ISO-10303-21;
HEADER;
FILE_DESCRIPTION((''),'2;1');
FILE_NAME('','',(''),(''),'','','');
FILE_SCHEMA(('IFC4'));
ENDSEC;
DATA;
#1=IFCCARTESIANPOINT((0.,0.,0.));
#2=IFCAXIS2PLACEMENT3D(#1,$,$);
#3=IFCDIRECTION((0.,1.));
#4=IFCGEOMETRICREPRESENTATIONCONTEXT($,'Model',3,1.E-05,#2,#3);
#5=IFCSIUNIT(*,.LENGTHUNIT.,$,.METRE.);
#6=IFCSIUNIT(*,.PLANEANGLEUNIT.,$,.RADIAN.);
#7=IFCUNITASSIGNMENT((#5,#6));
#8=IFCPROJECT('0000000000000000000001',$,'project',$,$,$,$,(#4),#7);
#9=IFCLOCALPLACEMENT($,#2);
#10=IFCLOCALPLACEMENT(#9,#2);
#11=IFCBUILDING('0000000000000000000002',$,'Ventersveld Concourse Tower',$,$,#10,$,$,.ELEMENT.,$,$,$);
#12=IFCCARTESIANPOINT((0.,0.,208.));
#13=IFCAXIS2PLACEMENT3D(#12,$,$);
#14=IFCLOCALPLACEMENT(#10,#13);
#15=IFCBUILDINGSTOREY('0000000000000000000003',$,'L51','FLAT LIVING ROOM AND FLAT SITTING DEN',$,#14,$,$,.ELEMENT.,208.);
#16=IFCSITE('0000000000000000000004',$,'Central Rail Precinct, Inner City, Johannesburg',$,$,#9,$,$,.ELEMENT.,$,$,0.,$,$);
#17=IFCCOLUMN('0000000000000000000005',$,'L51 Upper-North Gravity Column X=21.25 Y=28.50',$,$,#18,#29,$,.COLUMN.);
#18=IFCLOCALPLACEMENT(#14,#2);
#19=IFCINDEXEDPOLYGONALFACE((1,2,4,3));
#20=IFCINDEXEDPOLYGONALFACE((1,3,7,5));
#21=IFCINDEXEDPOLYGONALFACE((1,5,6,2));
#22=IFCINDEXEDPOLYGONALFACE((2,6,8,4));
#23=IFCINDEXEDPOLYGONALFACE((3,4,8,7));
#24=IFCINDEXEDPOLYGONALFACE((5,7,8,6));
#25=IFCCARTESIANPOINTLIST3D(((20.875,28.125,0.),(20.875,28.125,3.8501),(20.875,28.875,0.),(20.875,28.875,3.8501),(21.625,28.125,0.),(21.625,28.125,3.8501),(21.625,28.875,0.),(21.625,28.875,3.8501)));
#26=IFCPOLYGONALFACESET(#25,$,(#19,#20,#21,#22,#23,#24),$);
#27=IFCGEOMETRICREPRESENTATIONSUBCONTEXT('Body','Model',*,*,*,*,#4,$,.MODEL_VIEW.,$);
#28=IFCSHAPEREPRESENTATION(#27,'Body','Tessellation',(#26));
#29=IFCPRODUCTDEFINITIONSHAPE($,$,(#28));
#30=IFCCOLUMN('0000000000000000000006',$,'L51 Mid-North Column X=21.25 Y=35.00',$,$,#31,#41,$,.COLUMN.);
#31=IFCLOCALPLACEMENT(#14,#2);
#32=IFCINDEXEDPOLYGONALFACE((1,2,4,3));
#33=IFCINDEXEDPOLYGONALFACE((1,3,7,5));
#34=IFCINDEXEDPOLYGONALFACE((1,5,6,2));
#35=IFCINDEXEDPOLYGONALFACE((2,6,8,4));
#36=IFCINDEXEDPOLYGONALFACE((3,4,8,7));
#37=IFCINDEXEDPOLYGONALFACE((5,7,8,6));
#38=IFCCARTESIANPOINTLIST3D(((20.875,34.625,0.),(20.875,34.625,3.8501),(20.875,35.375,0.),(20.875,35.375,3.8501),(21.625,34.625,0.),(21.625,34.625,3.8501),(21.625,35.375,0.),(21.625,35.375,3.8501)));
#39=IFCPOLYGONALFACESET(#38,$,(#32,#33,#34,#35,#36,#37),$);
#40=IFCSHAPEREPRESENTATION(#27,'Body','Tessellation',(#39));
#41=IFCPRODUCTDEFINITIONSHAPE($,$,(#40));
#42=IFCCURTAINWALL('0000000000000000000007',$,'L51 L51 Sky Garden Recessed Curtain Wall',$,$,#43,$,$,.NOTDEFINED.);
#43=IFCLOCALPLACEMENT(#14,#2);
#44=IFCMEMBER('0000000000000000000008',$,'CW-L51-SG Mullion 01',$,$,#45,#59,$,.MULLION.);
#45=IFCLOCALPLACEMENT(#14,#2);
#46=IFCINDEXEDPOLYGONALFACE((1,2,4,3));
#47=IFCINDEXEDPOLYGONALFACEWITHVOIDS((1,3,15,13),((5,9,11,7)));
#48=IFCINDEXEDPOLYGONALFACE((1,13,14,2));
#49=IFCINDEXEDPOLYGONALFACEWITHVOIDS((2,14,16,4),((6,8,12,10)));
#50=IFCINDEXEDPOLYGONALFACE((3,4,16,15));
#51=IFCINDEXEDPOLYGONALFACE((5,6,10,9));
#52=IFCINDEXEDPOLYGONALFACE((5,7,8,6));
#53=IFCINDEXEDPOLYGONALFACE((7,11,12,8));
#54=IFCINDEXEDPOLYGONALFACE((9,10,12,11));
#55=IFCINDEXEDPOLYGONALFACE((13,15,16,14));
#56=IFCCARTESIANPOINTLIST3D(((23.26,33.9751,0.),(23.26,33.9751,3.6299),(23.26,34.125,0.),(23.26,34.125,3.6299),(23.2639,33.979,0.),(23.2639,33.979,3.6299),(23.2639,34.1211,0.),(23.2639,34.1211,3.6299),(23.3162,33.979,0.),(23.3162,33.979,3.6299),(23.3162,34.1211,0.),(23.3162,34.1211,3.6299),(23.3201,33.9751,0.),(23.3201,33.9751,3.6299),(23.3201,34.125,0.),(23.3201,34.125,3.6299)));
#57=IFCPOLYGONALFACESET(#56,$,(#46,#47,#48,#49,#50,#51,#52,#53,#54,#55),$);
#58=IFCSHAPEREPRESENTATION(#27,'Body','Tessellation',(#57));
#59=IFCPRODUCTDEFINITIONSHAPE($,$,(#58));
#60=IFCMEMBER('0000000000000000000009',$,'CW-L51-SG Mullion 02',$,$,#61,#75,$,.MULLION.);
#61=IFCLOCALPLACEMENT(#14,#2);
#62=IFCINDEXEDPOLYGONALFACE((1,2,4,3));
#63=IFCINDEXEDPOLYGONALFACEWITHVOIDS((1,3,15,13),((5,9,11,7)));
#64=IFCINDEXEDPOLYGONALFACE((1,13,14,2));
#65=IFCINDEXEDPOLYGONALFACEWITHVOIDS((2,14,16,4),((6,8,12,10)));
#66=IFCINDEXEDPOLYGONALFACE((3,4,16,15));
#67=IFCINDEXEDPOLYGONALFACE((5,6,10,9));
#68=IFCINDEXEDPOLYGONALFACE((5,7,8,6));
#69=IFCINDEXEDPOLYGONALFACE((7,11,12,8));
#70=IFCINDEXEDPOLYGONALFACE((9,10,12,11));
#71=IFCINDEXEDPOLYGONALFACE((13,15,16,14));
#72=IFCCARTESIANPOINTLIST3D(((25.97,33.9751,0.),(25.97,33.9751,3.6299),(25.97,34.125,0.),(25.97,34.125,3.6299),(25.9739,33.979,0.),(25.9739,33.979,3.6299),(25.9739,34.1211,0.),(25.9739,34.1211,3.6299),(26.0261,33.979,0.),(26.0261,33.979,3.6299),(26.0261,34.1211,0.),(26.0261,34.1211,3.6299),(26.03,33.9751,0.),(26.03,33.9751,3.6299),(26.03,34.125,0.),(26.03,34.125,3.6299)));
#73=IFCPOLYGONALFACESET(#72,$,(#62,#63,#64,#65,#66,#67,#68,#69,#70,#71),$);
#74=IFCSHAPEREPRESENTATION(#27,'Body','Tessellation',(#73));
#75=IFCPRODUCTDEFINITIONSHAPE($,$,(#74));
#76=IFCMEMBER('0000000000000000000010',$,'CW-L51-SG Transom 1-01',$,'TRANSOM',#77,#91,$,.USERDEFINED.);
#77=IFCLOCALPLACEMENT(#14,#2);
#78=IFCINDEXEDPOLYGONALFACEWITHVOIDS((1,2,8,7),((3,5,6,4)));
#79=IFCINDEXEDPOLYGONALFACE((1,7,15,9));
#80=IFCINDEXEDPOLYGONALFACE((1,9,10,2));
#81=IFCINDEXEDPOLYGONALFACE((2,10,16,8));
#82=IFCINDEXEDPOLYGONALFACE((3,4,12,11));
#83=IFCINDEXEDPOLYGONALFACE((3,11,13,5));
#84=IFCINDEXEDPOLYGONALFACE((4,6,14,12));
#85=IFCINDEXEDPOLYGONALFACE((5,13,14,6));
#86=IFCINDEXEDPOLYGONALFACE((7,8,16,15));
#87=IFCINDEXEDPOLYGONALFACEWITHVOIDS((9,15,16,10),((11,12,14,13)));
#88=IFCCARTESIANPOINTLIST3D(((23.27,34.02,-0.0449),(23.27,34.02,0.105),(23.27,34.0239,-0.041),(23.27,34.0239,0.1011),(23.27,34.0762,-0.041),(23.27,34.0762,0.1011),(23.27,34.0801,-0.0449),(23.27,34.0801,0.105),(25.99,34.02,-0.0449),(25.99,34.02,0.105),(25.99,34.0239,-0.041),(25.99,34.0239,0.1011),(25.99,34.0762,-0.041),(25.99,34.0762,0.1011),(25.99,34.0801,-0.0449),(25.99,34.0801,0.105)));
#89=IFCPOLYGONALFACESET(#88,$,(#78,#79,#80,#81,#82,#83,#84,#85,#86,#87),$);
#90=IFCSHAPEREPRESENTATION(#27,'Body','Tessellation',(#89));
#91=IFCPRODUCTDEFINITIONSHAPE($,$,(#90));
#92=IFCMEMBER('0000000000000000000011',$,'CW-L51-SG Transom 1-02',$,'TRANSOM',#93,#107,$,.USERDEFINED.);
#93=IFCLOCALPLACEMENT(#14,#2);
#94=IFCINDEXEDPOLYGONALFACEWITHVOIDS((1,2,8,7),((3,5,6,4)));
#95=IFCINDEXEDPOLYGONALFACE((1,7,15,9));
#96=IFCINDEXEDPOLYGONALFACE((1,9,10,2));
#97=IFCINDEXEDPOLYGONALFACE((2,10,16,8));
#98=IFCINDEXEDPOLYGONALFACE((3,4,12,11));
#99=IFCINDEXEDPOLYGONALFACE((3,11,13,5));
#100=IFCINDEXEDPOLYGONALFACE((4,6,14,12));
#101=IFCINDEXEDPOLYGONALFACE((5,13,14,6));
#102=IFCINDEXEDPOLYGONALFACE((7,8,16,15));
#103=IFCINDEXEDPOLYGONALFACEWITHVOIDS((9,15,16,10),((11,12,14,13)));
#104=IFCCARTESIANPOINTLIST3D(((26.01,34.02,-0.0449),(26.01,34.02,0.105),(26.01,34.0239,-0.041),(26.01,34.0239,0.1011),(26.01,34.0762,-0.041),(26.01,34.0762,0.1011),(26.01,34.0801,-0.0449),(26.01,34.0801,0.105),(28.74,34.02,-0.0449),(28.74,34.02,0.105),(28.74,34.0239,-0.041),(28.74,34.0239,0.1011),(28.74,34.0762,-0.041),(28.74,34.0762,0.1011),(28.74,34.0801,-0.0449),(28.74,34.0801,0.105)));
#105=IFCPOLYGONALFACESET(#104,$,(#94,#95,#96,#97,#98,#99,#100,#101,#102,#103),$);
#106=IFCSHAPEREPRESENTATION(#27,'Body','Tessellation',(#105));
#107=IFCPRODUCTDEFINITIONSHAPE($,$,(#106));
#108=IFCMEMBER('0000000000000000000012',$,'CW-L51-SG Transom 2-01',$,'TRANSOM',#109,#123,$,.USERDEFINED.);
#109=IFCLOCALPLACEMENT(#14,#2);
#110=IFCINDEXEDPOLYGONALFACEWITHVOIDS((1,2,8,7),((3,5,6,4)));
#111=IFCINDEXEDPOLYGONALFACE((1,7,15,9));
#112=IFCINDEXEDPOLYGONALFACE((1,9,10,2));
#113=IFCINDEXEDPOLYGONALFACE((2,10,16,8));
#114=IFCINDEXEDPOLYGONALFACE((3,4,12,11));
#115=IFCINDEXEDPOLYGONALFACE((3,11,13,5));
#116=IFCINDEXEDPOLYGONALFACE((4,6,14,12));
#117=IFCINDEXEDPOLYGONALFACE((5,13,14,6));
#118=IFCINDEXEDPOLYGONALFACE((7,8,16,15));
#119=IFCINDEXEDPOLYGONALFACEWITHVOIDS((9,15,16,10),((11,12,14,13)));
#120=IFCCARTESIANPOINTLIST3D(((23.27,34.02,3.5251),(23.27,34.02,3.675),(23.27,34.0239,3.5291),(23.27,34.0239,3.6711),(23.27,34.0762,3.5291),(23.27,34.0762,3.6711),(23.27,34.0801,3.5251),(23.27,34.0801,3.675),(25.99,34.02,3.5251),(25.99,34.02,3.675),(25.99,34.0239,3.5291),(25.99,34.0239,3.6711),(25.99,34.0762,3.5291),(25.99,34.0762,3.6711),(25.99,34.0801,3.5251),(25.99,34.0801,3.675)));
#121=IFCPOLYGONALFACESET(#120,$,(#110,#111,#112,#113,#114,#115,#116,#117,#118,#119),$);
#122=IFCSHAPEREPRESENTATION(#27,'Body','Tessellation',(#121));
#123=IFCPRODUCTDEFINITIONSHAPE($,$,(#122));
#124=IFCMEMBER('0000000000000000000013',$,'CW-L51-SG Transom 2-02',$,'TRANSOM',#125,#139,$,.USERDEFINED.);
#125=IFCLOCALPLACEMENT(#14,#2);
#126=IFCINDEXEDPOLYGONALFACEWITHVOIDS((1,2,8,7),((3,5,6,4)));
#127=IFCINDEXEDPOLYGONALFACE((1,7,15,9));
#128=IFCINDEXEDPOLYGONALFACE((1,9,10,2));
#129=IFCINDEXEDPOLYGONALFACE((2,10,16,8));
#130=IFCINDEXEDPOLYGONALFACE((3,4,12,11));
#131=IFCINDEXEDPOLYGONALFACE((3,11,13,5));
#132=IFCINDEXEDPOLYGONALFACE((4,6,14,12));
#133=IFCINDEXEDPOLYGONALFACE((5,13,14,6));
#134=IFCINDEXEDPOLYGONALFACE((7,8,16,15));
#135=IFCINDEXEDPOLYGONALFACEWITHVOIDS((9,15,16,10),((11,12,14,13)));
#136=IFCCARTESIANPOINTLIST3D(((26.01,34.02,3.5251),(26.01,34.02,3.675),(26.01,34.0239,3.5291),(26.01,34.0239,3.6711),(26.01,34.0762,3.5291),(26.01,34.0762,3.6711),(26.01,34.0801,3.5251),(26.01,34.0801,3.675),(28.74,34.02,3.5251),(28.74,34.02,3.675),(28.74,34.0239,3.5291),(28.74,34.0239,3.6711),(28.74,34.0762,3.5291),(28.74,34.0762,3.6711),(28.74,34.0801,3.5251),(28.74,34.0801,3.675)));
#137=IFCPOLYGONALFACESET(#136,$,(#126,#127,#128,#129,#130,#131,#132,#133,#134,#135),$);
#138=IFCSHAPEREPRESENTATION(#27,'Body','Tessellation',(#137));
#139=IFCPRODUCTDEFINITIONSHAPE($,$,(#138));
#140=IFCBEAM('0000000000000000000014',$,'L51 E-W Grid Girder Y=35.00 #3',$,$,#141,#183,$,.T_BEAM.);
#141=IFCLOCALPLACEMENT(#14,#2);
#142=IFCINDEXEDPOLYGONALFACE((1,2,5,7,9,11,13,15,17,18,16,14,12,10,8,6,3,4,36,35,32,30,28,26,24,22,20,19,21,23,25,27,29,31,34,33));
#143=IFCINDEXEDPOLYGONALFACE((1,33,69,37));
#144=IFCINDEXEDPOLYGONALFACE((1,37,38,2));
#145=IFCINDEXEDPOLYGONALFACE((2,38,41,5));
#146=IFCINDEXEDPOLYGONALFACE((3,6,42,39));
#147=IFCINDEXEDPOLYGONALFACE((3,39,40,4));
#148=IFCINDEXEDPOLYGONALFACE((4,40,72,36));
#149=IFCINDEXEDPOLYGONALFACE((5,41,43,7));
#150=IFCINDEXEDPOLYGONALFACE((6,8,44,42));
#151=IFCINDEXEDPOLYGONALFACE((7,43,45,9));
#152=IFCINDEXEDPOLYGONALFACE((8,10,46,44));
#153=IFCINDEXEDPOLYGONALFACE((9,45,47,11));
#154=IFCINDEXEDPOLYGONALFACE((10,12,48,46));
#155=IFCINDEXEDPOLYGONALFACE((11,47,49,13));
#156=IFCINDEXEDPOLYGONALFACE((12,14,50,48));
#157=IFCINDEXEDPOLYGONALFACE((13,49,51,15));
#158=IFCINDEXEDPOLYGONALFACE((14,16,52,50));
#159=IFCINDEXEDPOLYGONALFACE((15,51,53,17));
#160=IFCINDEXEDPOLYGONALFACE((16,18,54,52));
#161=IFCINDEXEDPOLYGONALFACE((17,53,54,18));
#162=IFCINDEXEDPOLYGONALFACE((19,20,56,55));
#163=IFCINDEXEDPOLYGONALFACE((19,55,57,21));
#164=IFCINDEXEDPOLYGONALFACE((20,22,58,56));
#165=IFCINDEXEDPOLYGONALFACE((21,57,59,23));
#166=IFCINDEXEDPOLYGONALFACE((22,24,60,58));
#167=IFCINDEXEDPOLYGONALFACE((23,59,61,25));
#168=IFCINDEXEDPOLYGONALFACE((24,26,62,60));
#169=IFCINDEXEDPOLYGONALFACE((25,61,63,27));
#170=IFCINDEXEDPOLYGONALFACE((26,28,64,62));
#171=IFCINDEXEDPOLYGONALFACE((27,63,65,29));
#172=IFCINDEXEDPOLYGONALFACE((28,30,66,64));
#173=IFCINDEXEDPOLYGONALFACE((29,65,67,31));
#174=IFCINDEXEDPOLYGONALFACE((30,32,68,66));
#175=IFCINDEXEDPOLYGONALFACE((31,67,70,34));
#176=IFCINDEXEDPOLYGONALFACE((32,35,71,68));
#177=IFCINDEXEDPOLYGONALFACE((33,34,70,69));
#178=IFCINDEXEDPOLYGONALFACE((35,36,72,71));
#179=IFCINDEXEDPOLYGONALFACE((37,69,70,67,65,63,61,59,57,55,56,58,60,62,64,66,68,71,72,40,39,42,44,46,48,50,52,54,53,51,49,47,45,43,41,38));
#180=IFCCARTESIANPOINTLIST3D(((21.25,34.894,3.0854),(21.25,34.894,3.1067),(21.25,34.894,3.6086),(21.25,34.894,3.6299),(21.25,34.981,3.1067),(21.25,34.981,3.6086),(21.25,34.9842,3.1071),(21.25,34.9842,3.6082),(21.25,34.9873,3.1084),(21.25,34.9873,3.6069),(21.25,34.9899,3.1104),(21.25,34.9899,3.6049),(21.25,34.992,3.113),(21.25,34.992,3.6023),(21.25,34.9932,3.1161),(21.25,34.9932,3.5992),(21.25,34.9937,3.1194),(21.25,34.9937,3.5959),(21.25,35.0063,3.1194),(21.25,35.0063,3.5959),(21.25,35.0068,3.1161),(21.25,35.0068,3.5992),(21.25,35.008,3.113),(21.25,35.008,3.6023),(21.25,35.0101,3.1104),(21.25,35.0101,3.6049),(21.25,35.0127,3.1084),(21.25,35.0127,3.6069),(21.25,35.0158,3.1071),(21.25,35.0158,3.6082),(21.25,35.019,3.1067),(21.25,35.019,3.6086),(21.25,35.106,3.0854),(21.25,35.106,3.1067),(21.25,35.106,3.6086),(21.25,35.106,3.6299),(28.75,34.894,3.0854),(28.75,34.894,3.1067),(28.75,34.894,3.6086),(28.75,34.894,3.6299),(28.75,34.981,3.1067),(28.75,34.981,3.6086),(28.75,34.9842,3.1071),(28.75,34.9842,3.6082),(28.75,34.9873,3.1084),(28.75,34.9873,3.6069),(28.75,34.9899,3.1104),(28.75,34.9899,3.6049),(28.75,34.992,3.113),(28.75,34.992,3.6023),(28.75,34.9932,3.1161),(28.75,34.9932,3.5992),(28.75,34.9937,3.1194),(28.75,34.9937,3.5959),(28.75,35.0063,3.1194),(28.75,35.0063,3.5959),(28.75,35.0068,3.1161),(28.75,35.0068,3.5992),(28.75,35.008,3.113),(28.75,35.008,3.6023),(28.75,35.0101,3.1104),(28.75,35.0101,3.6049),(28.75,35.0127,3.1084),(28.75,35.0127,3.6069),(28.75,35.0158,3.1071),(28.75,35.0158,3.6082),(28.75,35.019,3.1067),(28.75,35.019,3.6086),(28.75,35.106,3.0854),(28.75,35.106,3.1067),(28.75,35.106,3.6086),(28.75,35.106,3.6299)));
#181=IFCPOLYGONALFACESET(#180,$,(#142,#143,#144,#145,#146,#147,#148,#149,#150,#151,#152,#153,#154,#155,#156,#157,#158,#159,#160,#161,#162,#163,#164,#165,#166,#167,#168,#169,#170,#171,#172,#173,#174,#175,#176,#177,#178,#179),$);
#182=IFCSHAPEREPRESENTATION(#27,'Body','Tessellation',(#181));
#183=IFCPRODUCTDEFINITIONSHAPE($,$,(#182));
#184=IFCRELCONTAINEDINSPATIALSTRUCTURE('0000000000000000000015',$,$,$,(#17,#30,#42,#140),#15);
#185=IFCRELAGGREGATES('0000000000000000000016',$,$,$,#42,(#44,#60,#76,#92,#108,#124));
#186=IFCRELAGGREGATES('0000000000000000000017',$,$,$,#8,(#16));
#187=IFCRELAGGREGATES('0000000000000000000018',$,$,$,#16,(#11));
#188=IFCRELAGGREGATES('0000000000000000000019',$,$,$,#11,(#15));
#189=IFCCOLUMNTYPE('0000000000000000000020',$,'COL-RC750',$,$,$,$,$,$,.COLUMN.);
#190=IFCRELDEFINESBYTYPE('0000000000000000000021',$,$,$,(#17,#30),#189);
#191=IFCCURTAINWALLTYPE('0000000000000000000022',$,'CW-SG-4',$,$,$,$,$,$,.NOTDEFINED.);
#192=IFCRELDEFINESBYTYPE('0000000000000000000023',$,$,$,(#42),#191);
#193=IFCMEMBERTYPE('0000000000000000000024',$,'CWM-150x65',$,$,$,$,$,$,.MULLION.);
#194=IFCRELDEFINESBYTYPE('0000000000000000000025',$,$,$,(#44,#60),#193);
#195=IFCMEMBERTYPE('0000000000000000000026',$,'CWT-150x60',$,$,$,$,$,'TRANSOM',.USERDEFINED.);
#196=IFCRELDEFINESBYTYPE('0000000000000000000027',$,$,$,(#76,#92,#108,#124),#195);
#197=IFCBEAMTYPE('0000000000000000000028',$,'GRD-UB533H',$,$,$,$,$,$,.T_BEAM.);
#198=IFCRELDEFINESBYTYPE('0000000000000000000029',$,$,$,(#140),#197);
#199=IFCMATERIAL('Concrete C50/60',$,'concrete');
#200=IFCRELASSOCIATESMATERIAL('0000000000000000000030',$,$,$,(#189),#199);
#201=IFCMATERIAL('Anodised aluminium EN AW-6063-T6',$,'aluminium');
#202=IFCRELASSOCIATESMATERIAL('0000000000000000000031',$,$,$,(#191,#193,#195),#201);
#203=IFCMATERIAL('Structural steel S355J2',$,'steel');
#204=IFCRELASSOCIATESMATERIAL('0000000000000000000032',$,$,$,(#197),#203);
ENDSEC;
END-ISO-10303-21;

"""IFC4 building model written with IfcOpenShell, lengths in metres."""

from ifc_helpers import new_model, si_unit, direction, frame, origin, origin_2d, place, context, subcontext, project, spatial, rectangle, hollow_rectangle, i_section, extrude, material, material_profile, profile_set, type_object, element, aggregate, save


model = new_model("IFC4")

# Units and contexts
model_context = context("Model", 3, precision=1e-05, world=origin(), true_north=direction((0.0, 1.0)))
body_context = subcontext(model_context, "Body", "Model", "MODEL_VIEW")
ifc_project = project(units=[si_unit("LENGTHUNIT", "METRE"), si_unit("PLANEANGLEUNIT", "RADIAN")], contexts=[model_context])

# Site, building, storey
site_placement = place(None, origin())
site = spatial("IfcSite", under=ifc_project, at=site_placement, Name="Central Rail Precinct, Inner City, Johannesburg", CompositionType="ELEMENT", RefElevation=0.0)
building_placement = place(site_placement, origin())
building = spatial("IfcBuilding", under=site, at=building_placement, Name="Ventersveld Concourse Tower", CompositionType="ELEMENT")
storey_placement = place(building_placement, frame((0.0, 0.0, 208.0)))
storey = spatial("IfcBuildingStorey", under=building, at=storey_placement, Name="L51", Description="FLAT LIVING ROOM AND FLAT SITTING DEN", CompositionType="ELEMENT", Elevation=208.0)

# Columns
ifc_material_1 = material(Name="Concrete C50/60", Category="concrete")
ifc_material_profile_1 = material_profile(ifc_material_1, rectangle(XDim=0.75, YDim=0.75, at=origin_2d()), Name="RC 750x750")
ifc_profile_set_1 = profile_set([ifc_material_profile_1], Name="Concrete C50/60")
column_type = type_object("IfcColumnType", Name="COL-RC750", PredefinedType="COLUMN", material=ifc_profile_set_1)
for number, where, z_axis, x_axis, name in (
    (1, (21.25, 28.5, 0.0), (0.0, 0.0, 1.0), (1.0, 0.0, 0.0), "L51 Upper-North Gravity Column X=21.25 Y=28.50"),
    (2, (21.25, 35.0, 0.0), (0.0, 0.0, 1.0), (1.0, 0.0, 0.0), "L51 Mid-North Column X=21.25 Y=35.00"),
):
    element("IfcColumn", number, at=place(storey_placement, frame(where, z_axis=z_axis, x_axis=x_axis)), inside=storey, type_object=column_type, Name=name, PredefinedType="COLUMN", context=body_context, shape_type="SweptSolid", body=[
        extrude(rectangle(XDim=0.75, YDim=0.75, at=origin_2d()), origin(), (0.0, 0.0, 1.0), 3.8501),
    ])

# Curtain wall, members
ifc_material_2 = material(Name="Anodised aluminium EN AW-6063-T6", Category="aluminium")
curtain_wall_type = type_object("IfcCurtainWallType", Name="CW-SG-4", PredefinedType="NOTDEFINED", material=ifc_material_2)
curtain_wall_placement = place(storey_placement, origin())
curtain_wall = element("IfcCurtainWall", 3, at=curtain_wall_placement, inside=storey, type_object=curtain_wall_type, Name="L51 L51 Sky Garden Recessed Curtain Wall", PredefinedType="NOTDEFINED")
ifc_material_profile_2 = material_profile(ifc_material_2, hollow_rectangle(XDim=0.0601, YDim=0.1499, WallThickness=0.0039, at=origin_2d()), Name="ALU 150x60x4")
ifc_profile_set_2 = profile_set([ifc_material_profile_2], Name="Anodised aluminium EN AW-6063-T6")
member_type_1 = type_object("IfcMemberType", Name="CWM-150x65", PredefinedType="MULLION", material=ifc_profile_set_2)
member_1_placement = place(storey_placement, frame((23.29, 34.05, 0.0), z_axis=(0.0, 0.0, 1.0), x_axis=(1.0, 0.0, 0.0)))
member_1 = element("IfcMember", 4, at=member_1_placement, type_object=member_type_1, Name="CW-L51-SG Mullion 01", PredefinedType="MULLION", context=body_context, shape_type="SweptSolid", body=[
    extrude(hollow_rectangle(XDim=0.0601, YDim=0.1499, WallThickness=0.0039, at=origin_2d()), origin(), (0.0, 0.0, 1.0), 3.6299),
])
member_2_placement = place(storey_placement, frame((26.0, 34.05, 0.0), z_axis=(0.0, 0.0, 1.0), x_axis=(1.0, 0.0, 0.0)))
member_2 = element("IfcMember", 5, at=member_2_placement, type_object=member_type_1, Name="CW-L51-SG Mullion 02", PredefinedType="MULLION", context=body_context, shape_type="SweptSolid", body=[
    extrude(hollow_rectangle(XDim=0.0601, YDim=0.1499, WallThickness=0.0039, at=origin_2d()), origin(), (0.0, 0.0, 1.0), 3.6299),
])
ifc_material_profile_3 = material_profile(ifc_material_2, hollow_rectangle(XDim=0.0601, YDim=0.1499, WallThickness=0.0039, at=origin_2d()), Name="ALU 150x60x4")
ifc_profile_set_3 = profile_set([ifc_material_profile_3], Name="Anodised aluminium EN AW-6063-T6")
member_type_2 = type_object("IfcMemberType", Name="CWT-150x60", ElementType="TRANSOM", PredefinedType="USERDEFINED", material=ifc_profile_set_3)
member_3_placement = place(storey_placement, frame((23.27, 34.05, 0.03), z_axis=(1.0, 0.0, 0.0), x_axis=(0.0, 1.0, 0.0)))
member_3 = element("IfcMember", 6, at=member_3_placement, type_object=member_type_2, Name="CW-L51-SG Transom 1-01", ObjectType="TRANSOM", PredefinedType="USERDEFINED", context=body_context, shape_type="SweptSolid", body=[
    extrude(hollow_rectangle(XDim=0.0601, YDim=0.1499, WallThickness=0.0039, at=origin_2d()), origin(), (0.0, 0.0, 1.0), 2.72),
])
member_4_placement = place(storey_placement, frame((26.01, 34.05, 0.03), z_axis=(1.0, 0.0, 0.0), x_axis=(0.0, 1.0, 0.0)))
member_4 = element("IfcMember", 7, at=member_4_placement, type_object=member_type_2, Name="CW-L51-SG Transom 1-02", ObjectType="TRANSOM", PredefinedType="USERDEFINED", context=body_context, shape_type="SweptSolid", body=[
    extrude(hollow_rectangle(XDim=0.0601, YDim=0.1499, WallThickness=0.0039, at=origin_2d()), origin(), (0.0, 0.0, 1.0), 2.73),
])
member_5_placement = place(storey_placement, frame((23.27, 34.05, 3.6001), z_axis=(1.0, 0.0, 0.0), x_axis=(0.0, 1.0, 0.0)))
member_5 = element("IfcMember", 8, at=member_5_placement, type_object=member_type_2, Name="CW-L51-SG Transom 2-01", ObjectType="TRANSOM", PredefinedType="USERDEFINED", context=body_context, shape_type="SweptSolid", body=[
    extrude(hollow_rectangle(XDim=0.0601, YDim=0.1499, WallThickness=0.0039, at=origin_2d()), origin(), (0.0, 0.0, 1.0), 2.72),
])
member_6_placement = place(storey_placement, frame((26.01, 34.05, 3.6001), z_axis=(1.0, 0.0, 0.0), x_axis=(0.0, 1.0, 0.0)))
member_6 = element("IfcMember", 9, at=member_6_placement, type_object=member_type_2, Name="CW-L51-SG Transom 2-02", ObjectType="TRANSOM", PredefinedType="USERDEFINED", context=body_context, shape_type="SweptSolid", body=[
    extrude(hollow_rectangle(XDim=0.0601, YDim=0.1499, WallThickness=0.0039, at=origin_2d()), origin(), (0.0, 0.0, 1.0), 2.73),
])

# Beam
ifc_material_3 = material(Name="Structural steel S355J2", Category="steel")
ifc_material_profile_4 = material_profile(ifc_material_3, i_section(OverallWidth=0.2119, OverallDepth=0.5444, WebThickness=0.0127, FlangeThickness=0.0212, FilletRadius=0.0127, at=origin_2d()), Name="UB 533x210x122")
ifc_profile_set_4 = profile_set([ifc_material_profile_4], Name="Structural steel S355J2")
beam_type = type_object("IfcBeamType", Name="GRD-UB533H", PredefinedType="T_BEAM", material=ifc_profile_set_4)
beam_placement = place(storey_placement, frame((21.25, 35.0, 3.3577), z_axis=(1.0, 0.0, 0.0), x_axis=(0.0, 1.0, 0.0)))
element("IfcBeam", 10, at=beam_placement, inside=storey, type_object=beam_type, Name="L51 E-W Grid Girder Y=35.00 #3", PredefinedType="T_BEAM", context=body_context, shape_type="SweptSolid", body=[
    extrude(i_section(OverallWidth=0.2119, OverallDepth=0.5444, WebThickness=0.0127, FlangeThickness=0.0212, FilletRadius=0.0127, at=origin_2d()), origin(), (0.0, 0.0, 1.0), 7.5),
])

aggregate(curtain_wall, [member_1, member_2, member_3, member_4, member_5, member_6])

save(model, "model.ifc")
